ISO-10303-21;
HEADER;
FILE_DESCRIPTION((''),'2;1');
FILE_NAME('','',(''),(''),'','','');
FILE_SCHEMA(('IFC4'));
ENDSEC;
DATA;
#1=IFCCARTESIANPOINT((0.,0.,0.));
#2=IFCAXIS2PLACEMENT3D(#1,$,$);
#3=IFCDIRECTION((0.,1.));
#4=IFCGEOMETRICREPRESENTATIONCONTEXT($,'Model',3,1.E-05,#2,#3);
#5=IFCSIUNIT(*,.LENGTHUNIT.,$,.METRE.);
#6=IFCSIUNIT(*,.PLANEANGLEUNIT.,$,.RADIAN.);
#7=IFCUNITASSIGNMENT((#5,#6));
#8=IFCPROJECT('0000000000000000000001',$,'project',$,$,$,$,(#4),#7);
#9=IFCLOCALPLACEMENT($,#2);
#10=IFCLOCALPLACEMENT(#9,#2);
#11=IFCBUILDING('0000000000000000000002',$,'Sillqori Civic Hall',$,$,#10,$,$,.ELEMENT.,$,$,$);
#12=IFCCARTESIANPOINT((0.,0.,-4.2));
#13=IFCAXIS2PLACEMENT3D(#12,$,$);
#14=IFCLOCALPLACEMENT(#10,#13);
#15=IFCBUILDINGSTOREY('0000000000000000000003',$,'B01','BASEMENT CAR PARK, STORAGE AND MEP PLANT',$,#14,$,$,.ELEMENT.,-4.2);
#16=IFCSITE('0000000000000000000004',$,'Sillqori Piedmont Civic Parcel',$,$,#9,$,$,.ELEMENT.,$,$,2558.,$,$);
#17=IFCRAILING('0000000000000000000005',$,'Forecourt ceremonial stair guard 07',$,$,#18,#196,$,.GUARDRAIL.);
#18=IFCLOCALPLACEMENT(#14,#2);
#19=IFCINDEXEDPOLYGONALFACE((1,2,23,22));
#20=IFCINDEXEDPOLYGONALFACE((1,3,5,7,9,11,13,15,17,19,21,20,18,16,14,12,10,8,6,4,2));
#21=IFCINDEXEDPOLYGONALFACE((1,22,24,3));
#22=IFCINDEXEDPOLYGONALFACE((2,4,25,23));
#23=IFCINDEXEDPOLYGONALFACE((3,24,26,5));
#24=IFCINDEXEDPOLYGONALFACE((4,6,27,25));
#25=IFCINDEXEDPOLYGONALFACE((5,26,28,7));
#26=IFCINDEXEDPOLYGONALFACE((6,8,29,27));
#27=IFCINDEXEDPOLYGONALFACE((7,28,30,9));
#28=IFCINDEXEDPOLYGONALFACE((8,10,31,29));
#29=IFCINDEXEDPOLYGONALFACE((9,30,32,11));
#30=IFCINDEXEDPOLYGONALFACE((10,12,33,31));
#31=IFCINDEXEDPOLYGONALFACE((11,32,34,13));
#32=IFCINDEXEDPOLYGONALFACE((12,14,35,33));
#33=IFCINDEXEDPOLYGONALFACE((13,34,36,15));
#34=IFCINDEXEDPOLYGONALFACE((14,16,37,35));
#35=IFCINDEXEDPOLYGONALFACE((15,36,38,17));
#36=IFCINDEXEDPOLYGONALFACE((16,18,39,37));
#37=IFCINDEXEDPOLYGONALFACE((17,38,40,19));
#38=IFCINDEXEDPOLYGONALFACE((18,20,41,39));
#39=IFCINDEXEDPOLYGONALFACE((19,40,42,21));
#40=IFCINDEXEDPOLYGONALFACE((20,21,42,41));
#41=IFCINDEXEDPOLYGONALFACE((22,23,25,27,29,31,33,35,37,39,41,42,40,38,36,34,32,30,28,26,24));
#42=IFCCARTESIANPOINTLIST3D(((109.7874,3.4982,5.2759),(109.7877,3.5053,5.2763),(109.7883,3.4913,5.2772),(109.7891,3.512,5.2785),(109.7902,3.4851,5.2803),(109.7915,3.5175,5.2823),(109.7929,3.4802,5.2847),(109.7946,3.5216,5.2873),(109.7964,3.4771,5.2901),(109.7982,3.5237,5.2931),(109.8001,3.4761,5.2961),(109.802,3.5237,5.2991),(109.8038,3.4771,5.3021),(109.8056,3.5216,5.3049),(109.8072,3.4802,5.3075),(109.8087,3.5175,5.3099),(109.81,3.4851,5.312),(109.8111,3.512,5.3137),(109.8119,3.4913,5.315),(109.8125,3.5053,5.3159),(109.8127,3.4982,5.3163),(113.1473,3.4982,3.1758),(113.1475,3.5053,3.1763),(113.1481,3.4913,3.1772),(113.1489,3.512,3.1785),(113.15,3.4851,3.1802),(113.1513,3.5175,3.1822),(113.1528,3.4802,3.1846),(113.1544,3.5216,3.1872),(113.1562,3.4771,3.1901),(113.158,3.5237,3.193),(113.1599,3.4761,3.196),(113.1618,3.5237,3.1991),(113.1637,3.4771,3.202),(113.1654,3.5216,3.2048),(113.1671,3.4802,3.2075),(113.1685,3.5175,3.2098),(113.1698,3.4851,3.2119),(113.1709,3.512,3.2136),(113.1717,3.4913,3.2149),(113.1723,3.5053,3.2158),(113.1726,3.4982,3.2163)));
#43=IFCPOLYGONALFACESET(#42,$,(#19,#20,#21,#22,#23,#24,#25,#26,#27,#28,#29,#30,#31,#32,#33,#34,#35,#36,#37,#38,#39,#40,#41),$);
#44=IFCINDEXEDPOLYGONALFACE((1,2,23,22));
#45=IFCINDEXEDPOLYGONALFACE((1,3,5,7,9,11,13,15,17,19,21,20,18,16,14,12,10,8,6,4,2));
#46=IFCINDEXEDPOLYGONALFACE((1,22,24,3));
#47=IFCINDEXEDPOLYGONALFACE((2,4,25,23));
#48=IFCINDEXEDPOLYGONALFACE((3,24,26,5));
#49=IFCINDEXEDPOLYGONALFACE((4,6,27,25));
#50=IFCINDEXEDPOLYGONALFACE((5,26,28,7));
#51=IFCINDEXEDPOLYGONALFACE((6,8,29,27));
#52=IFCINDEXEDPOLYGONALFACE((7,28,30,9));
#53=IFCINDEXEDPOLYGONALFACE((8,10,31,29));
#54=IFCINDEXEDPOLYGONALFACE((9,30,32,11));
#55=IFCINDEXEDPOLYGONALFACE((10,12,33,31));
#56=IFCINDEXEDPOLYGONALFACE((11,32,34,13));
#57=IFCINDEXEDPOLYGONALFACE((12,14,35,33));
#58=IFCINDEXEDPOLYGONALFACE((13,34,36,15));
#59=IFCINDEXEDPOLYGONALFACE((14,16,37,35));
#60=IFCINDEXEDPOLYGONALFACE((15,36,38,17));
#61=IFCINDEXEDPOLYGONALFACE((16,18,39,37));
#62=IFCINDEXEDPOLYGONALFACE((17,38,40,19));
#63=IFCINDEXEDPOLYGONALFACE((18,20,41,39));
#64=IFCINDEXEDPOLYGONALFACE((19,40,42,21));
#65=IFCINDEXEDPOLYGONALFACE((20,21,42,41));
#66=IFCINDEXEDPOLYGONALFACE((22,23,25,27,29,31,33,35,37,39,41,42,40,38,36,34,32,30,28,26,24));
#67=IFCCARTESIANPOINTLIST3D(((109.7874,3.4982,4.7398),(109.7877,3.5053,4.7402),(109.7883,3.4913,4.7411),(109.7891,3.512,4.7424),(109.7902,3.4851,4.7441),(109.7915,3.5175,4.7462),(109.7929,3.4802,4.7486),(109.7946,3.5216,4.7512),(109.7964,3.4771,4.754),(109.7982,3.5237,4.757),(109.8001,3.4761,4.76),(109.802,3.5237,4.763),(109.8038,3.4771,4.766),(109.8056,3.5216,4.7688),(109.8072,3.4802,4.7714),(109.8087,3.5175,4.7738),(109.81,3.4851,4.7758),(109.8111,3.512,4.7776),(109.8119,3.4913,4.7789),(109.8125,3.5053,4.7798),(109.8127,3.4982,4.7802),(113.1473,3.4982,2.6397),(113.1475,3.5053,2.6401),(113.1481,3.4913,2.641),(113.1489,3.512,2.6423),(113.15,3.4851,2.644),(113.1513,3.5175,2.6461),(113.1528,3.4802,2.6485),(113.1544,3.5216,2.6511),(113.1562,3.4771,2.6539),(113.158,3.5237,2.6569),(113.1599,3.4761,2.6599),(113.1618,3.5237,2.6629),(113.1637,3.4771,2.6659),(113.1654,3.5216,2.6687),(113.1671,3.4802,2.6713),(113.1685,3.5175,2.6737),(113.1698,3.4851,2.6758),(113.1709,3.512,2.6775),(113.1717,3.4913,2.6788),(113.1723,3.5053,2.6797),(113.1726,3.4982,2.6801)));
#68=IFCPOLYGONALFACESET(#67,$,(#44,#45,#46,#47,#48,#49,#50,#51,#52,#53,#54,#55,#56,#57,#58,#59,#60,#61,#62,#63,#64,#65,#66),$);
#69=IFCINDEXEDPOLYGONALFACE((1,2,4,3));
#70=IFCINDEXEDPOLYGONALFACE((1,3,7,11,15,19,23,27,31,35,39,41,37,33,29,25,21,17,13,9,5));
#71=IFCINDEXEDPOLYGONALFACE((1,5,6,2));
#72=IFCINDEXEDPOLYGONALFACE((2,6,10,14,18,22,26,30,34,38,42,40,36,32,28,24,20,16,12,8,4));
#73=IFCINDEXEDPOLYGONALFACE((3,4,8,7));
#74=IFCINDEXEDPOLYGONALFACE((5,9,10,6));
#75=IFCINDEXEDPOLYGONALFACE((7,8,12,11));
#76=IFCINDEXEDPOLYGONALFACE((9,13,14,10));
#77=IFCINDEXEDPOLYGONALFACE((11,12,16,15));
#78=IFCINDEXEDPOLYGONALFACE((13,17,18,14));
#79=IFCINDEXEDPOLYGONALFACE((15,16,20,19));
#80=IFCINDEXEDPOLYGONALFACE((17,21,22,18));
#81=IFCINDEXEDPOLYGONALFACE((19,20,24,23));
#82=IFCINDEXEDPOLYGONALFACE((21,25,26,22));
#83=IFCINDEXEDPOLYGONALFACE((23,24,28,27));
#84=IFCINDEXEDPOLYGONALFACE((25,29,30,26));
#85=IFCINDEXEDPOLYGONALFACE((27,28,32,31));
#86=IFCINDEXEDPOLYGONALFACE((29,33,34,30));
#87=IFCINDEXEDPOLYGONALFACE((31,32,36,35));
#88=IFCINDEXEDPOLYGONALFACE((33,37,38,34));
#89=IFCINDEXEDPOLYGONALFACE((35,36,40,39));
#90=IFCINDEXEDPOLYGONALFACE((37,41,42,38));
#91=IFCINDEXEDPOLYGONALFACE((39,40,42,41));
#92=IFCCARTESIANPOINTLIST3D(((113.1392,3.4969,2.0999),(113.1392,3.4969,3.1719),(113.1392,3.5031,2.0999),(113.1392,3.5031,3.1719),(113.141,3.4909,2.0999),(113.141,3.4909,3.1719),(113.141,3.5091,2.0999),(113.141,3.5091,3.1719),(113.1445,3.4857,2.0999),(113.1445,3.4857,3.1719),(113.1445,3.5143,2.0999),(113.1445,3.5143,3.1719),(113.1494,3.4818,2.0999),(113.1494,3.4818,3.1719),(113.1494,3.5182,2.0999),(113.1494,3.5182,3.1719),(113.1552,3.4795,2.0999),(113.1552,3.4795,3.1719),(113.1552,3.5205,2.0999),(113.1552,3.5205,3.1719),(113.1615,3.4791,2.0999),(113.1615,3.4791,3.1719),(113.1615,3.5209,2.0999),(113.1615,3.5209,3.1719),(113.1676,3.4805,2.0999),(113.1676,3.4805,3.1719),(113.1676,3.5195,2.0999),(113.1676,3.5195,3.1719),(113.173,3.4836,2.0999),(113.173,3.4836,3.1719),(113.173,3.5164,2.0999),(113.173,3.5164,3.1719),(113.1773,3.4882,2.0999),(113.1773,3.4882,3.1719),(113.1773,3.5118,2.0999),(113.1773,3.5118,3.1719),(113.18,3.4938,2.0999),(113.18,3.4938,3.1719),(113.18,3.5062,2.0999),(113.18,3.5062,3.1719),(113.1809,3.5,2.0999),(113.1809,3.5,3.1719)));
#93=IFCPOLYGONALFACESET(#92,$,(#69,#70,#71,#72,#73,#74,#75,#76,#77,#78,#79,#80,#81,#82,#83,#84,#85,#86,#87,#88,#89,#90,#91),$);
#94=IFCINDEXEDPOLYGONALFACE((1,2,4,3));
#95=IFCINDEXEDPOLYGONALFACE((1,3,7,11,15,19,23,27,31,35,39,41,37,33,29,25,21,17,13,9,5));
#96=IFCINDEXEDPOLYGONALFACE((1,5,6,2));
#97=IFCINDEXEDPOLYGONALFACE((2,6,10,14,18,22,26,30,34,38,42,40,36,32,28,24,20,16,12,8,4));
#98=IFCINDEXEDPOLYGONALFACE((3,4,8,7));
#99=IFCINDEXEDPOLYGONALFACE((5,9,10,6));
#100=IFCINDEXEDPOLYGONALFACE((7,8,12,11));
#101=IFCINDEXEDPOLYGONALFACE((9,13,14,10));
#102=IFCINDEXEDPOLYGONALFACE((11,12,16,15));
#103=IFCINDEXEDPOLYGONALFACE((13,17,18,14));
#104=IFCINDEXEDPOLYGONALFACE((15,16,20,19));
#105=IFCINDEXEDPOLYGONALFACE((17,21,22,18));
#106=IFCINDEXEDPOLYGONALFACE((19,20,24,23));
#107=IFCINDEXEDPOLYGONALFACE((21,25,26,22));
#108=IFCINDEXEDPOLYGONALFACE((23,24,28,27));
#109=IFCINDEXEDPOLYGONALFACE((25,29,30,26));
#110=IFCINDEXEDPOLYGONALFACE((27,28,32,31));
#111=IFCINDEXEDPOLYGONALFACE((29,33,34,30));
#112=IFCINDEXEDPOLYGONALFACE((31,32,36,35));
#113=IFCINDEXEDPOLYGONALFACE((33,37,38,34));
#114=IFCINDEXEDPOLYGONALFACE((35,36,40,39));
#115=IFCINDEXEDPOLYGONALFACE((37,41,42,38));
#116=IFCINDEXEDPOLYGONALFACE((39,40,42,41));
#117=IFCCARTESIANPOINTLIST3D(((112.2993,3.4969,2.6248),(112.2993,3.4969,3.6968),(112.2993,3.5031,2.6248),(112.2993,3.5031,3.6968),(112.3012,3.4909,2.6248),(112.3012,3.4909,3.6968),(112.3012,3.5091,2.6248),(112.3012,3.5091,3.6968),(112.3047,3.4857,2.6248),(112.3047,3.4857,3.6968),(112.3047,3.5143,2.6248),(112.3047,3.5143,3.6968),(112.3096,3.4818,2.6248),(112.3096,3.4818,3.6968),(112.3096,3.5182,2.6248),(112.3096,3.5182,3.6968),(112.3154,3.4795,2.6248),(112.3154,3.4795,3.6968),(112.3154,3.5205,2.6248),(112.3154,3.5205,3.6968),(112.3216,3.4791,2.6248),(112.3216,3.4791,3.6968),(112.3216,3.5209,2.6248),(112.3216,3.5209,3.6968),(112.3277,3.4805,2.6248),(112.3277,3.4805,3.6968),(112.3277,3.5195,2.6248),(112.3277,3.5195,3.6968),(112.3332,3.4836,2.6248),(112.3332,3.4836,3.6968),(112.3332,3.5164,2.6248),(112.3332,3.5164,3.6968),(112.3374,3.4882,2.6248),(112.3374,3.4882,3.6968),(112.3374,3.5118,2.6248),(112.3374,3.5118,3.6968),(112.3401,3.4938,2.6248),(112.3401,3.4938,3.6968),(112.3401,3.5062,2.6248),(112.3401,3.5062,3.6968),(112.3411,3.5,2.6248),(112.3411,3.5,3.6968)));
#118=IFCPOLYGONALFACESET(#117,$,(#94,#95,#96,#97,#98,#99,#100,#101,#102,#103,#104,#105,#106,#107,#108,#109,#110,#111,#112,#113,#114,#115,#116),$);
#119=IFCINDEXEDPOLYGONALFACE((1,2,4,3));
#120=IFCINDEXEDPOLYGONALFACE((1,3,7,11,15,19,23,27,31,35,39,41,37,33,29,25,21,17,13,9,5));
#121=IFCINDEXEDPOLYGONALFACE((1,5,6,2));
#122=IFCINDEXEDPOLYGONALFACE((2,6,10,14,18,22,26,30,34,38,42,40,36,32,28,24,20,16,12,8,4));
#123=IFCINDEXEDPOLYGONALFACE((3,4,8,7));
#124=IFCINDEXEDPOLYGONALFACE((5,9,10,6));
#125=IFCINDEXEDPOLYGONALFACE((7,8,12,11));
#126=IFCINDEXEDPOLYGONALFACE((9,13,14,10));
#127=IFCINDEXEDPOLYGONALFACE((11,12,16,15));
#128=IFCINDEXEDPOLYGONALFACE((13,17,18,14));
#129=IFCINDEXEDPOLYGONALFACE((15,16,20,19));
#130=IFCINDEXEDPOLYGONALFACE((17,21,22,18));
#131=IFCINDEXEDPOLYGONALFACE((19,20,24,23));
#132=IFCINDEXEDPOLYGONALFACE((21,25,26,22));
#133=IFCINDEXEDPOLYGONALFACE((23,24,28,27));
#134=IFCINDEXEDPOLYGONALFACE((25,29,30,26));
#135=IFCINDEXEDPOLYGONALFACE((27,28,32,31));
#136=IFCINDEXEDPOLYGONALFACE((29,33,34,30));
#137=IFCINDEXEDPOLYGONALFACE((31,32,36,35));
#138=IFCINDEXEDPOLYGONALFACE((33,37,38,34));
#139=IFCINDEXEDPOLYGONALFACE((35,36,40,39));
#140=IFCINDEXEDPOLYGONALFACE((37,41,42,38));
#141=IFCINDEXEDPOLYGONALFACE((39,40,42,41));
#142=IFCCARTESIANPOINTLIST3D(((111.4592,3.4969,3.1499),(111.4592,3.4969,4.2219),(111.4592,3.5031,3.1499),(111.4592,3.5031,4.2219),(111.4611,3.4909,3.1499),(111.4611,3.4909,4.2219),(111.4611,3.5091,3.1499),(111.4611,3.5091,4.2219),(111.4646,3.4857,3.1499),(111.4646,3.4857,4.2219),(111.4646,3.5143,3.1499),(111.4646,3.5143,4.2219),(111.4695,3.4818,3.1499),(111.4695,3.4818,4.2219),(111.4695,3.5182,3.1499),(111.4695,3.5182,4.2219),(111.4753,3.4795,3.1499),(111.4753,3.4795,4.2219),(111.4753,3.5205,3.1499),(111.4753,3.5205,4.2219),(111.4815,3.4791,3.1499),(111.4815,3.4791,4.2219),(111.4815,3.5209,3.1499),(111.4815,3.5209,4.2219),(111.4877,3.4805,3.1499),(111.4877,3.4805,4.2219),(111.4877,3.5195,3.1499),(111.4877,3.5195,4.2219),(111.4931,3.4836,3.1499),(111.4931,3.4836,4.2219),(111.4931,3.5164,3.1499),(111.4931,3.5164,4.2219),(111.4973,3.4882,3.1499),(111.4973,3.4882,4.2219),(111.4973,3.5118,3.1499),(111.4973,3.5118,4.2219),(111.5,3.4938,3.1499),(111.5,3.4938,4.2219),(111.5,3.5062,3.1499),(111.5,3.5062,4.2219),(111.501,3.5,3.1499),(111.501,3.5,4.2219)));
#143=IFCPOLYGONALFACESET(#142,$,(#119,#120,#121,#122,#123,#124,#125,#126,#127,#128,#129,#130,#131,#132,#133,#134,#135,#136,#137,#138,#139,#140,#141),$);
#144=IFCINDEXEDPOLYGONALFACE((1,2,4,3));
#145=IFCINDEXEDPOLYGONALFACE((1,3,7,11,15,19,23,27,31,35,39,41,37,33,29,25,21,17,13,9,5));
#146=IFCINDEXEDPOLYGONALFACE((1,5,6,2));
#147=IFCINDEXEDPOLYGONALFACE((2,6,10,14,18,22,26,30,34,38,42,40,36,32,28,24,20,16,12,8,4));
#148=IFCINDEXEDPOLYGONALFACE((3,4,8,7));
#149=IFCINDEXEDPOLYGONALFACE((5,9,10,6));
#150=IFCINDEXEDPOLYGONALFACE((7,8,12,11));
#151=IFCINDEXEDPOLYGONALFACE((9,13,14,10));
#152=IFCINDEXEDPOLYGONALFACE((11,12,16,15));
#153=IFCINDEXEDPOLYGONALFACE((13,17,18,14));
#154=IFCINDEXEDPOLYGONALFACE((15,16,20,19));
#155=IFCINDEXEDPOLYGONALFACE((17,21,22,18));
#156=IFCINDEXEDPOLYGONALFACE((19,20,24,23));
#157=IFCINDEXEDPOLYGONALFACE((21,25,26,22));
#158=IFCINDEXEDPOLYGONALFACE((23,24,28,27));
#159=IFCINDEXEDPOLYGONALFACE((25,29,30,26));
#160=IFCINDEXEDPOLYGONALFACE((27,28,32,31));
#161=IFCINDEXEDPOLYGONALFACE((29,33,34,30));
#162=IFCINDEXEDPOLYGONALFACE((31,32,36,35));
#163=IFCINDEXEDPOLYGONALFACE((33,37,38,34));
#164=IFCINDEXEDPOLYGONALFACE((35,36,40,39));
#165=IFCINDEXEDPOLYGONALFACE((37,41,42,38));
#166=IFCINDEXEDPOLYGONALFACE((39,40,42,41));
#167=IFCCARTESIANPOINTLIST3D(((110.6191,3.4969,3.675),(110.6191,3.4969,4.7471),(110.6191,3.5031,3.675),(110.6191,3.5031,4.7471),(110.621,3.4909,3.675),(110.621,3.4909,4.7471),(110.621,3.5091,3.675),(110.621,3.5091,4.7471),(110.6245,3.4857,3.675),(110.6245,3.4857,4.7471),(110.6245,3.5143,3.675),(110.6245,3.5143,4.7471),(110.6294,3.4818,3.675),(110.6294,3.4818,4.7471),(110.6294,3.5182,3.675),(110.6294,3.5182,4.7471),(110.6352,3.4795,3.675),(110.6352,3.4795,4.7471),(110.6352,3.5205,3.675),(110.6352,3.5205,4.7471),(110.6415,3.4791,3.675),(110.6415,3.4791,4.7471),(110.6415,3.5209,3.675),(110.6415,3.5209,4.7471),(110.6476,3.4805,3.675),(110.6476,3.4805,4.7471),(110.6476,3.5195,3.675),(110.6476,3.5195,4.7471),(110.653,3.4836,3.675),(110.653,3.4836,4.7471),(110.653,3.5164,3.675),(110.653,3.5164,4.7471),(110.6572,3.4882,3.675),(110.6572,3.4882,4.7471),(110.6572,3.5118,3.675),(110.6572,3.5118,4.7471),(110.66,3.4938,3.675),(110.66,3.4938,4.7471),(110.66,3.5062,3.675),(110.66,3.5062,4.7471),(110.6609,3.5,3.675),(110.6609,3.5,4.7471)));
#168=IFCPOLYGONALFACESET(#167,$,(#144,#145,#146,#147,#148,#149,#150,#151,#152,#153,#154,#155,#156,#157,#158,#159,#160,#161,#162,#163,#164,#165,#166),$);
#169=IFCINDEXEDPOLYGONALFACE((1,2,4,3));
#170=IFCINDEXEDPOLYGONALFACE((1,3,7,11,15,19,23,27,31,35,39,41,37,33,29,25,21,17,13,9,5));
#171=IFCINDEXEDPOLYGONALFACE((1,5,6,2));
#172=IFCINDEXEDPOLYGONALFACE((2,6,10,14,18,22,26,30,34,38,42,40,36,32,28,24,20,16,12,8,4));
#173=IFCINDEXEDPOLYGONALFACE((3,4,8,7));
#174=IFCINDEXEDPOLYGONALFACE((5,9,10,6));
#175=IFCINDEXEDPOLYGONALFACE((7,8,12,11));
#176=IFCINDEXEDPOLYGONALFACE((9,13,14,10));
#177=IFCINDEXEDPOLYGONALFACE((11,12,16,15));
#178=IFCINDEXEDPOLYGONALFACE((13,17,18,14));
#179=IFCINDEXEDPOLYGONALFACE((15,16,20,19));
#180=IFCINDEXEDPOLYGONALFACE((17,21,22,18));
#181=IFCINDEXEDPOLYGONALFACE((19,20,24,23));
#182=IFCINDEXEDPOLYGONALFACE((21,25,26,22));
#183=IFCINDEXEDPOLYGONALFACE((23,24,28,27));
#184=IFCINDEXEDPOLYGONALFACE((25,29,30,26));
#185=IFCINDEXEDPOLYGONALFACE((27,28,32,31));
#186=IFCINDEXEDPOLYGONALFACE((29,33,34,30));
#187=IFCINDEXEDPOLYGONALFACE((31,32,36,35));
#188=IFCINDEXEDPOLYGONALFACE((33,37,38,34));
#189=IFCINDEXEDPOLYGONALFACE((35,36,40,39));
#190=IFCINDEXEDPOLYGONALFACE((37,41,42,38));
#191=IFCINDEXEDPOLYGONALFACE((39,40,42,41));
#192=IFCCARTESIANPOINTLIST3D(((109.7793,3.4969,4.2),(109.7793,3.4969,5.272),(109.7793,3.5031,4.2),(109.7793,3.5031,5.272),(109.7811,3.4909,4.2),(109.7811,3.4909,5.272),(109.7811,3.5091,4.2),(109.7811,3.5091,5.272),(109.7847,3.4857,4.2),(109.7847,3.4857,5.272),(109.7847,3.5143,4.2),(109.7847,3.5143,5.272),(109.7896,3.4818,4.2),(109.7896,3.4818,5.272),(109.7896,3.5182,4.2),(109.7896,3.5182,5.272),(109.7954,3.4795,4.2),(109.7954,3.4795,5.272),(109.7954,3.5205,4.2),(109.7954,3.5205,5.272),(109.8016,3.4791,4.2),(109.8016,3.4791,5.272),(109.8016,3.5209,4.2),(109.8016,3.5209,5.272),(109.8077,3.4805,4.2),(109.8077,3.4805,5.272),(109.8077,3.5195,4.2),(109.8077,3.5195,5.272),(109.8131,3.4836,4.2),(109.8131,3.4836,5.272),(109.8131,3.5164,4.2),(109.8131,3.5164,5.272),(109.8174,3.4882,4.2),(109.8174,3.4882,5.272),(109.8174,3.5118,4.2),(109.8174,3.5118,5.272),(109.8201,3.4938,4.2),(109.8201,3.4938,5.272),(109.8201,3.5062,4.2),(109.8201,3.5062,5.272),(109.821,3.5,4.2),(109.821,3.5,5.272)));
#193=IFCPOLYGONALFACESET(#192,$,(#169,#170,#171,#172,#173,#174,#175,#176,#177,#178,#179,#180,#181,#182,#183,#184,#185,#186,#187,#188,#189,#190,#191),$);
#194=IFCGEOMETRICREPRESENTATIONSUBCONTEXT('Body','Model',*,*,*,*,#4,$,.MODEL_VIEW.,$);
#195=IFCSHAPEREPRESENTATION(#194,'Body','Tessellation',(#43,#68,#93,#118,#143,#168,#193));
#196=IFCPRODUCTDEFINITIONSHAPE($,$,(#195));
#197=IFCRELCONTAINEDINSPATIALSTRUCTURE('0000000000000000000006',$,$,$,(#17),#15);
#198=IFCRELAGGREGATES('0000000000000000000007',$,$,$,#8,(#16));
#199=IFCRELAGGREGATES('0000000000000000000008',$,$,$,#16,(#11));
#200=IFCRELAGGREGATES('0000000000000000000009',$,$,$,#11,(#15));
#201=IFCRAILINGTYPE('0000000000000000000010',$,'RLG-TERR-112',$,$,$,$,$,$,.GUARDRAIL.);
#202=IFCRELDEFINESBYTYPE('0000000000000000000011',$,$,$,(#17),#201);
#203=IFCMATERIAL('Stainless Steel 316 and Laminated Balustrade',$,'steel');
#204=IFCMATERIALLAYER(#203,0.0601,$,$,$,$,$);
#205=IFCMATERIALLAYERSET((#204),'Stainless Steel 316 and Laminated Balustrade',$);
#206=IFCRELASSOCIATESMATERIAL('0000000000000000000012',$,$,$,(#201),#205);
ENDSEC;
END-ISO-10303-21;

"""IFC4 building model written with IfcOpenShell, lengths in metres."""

from ifc_helpers import new_model, si_unit, direction, frame, origin, origin_2d, place, context, subcontext, project, spatial, circle, extrude, material, layer, layer_set, type_object, element, save


model = new_model("IFC4")

# Units and contexts
model_context = context("Model", 3, precision=1e-05, world=origin(), true_north=direction((0.0, 1.0)))
body_context = subcontext(model_context, "Body", "Model", "MODEL_VIEW")
ifc_project = project(units=[si_unit("LENGTHUNIT", "METRE"), si_unit("PLANEANGLEUNIT", "RADIAN")], contexts=[model_context])

# Site, building, storey
site_placement = place(None, origin())
site = spatial("IfcSite", under=ifc_project, at=site_placement, Name="Sillqori Piedmont Civic Parcel", CompositionType="ELEMENT", RefElevation=2558.0)
building_placement = place(site_placement, origin())
building = spatial("IfcBuilding", under=site, at=building_placement, Name="Sillqori Civic Hall", CompositionType="ELEMENT")
storey_placement = place(building_placement, frame((0.0, 0.0, -4.2)))
storey = spatial("IfcBuildingStorey", under=building, at=storey_placement, Name="B01", Description="BASEMENT CAR PARK, STORAGE AND MEP PLANT", CompositionType="ELEMENT", Elevation=-4.2)

# Railing
ifc_material_1 = material(Name="Stainless Steel 316 and Laminated Balustrade", Category="steel")
ifc_layer_1 = layer(ifc_material_1, 0.0601)
ifc_layer_set_1 = layer_set([ifc_layer_1], Name="Stainless Steel 316 and Laminated Balustrade")
railing_type = type_object("IfcRailingType", Name="RLG-TERR-112", PredefinedType="GUARDRAIL", material=ifc_layer_set_1)
for number, where, name in (
    (1, (113.1599, 3.5, 2.0999), "Forecourt ceremonial stair guard 07"),
):
    element("IfcRailing", number, at=place(storey_placement, frame(where)), inside=storey, type_object=railing_type, Name=name, PredefinedType="GUARDRAIL", context=body_context, shape_type="SweptSolid", body=[
        extrude(circle(Radius=0.0239, at=origin_2d()), frame((0.0, 0.0, 1.0962), z_axis=(-0.847978, 0.0, 0.530032), x_axis=(0.0, -1.0, 0.0)), (0.0, 0.0, 1.0), 3.9622),
        extrude(circle(Radius=0.0239, at=origin_2d()), frame((0.0, 0.0, 0.5601), z_axis=(-0.847978, 0.0, 0.530032), x_axis=(0.0, -1.0, 0.0)), (0.0, 0.0, 1.0), 3.9622),
        extrude(circle(Radius=0.021, at=origin_2d()), origin(), (0.0, 0.0, 1.0), 1.072),
        extrude(circle(Radius=0.021, at=origin_2d()), frame((-0.8398, 0.0, 0.5249)), (0.0, 0.0, 1.0), 1.072),
        extrude(circle(Radius=0.021, at=origin_2d()), frame((-1.6799, 0.0, 1.05)), (0.0, 0.0, 1.0), 1.072),
        extrude(circle(Radius=0.021, at=origin_2d()), frame((-2.52, 0.0, 1.5752)), (0.0, 0.0, 1.0), 1.072),
        extrude(circle(Radius=0.021, at=origin_2d()), frame((-3.3599, 0.0, 2.1001)), (0.0, 0.0, 1.0), 1.072),
    ])

save(model, "model.ifc")
